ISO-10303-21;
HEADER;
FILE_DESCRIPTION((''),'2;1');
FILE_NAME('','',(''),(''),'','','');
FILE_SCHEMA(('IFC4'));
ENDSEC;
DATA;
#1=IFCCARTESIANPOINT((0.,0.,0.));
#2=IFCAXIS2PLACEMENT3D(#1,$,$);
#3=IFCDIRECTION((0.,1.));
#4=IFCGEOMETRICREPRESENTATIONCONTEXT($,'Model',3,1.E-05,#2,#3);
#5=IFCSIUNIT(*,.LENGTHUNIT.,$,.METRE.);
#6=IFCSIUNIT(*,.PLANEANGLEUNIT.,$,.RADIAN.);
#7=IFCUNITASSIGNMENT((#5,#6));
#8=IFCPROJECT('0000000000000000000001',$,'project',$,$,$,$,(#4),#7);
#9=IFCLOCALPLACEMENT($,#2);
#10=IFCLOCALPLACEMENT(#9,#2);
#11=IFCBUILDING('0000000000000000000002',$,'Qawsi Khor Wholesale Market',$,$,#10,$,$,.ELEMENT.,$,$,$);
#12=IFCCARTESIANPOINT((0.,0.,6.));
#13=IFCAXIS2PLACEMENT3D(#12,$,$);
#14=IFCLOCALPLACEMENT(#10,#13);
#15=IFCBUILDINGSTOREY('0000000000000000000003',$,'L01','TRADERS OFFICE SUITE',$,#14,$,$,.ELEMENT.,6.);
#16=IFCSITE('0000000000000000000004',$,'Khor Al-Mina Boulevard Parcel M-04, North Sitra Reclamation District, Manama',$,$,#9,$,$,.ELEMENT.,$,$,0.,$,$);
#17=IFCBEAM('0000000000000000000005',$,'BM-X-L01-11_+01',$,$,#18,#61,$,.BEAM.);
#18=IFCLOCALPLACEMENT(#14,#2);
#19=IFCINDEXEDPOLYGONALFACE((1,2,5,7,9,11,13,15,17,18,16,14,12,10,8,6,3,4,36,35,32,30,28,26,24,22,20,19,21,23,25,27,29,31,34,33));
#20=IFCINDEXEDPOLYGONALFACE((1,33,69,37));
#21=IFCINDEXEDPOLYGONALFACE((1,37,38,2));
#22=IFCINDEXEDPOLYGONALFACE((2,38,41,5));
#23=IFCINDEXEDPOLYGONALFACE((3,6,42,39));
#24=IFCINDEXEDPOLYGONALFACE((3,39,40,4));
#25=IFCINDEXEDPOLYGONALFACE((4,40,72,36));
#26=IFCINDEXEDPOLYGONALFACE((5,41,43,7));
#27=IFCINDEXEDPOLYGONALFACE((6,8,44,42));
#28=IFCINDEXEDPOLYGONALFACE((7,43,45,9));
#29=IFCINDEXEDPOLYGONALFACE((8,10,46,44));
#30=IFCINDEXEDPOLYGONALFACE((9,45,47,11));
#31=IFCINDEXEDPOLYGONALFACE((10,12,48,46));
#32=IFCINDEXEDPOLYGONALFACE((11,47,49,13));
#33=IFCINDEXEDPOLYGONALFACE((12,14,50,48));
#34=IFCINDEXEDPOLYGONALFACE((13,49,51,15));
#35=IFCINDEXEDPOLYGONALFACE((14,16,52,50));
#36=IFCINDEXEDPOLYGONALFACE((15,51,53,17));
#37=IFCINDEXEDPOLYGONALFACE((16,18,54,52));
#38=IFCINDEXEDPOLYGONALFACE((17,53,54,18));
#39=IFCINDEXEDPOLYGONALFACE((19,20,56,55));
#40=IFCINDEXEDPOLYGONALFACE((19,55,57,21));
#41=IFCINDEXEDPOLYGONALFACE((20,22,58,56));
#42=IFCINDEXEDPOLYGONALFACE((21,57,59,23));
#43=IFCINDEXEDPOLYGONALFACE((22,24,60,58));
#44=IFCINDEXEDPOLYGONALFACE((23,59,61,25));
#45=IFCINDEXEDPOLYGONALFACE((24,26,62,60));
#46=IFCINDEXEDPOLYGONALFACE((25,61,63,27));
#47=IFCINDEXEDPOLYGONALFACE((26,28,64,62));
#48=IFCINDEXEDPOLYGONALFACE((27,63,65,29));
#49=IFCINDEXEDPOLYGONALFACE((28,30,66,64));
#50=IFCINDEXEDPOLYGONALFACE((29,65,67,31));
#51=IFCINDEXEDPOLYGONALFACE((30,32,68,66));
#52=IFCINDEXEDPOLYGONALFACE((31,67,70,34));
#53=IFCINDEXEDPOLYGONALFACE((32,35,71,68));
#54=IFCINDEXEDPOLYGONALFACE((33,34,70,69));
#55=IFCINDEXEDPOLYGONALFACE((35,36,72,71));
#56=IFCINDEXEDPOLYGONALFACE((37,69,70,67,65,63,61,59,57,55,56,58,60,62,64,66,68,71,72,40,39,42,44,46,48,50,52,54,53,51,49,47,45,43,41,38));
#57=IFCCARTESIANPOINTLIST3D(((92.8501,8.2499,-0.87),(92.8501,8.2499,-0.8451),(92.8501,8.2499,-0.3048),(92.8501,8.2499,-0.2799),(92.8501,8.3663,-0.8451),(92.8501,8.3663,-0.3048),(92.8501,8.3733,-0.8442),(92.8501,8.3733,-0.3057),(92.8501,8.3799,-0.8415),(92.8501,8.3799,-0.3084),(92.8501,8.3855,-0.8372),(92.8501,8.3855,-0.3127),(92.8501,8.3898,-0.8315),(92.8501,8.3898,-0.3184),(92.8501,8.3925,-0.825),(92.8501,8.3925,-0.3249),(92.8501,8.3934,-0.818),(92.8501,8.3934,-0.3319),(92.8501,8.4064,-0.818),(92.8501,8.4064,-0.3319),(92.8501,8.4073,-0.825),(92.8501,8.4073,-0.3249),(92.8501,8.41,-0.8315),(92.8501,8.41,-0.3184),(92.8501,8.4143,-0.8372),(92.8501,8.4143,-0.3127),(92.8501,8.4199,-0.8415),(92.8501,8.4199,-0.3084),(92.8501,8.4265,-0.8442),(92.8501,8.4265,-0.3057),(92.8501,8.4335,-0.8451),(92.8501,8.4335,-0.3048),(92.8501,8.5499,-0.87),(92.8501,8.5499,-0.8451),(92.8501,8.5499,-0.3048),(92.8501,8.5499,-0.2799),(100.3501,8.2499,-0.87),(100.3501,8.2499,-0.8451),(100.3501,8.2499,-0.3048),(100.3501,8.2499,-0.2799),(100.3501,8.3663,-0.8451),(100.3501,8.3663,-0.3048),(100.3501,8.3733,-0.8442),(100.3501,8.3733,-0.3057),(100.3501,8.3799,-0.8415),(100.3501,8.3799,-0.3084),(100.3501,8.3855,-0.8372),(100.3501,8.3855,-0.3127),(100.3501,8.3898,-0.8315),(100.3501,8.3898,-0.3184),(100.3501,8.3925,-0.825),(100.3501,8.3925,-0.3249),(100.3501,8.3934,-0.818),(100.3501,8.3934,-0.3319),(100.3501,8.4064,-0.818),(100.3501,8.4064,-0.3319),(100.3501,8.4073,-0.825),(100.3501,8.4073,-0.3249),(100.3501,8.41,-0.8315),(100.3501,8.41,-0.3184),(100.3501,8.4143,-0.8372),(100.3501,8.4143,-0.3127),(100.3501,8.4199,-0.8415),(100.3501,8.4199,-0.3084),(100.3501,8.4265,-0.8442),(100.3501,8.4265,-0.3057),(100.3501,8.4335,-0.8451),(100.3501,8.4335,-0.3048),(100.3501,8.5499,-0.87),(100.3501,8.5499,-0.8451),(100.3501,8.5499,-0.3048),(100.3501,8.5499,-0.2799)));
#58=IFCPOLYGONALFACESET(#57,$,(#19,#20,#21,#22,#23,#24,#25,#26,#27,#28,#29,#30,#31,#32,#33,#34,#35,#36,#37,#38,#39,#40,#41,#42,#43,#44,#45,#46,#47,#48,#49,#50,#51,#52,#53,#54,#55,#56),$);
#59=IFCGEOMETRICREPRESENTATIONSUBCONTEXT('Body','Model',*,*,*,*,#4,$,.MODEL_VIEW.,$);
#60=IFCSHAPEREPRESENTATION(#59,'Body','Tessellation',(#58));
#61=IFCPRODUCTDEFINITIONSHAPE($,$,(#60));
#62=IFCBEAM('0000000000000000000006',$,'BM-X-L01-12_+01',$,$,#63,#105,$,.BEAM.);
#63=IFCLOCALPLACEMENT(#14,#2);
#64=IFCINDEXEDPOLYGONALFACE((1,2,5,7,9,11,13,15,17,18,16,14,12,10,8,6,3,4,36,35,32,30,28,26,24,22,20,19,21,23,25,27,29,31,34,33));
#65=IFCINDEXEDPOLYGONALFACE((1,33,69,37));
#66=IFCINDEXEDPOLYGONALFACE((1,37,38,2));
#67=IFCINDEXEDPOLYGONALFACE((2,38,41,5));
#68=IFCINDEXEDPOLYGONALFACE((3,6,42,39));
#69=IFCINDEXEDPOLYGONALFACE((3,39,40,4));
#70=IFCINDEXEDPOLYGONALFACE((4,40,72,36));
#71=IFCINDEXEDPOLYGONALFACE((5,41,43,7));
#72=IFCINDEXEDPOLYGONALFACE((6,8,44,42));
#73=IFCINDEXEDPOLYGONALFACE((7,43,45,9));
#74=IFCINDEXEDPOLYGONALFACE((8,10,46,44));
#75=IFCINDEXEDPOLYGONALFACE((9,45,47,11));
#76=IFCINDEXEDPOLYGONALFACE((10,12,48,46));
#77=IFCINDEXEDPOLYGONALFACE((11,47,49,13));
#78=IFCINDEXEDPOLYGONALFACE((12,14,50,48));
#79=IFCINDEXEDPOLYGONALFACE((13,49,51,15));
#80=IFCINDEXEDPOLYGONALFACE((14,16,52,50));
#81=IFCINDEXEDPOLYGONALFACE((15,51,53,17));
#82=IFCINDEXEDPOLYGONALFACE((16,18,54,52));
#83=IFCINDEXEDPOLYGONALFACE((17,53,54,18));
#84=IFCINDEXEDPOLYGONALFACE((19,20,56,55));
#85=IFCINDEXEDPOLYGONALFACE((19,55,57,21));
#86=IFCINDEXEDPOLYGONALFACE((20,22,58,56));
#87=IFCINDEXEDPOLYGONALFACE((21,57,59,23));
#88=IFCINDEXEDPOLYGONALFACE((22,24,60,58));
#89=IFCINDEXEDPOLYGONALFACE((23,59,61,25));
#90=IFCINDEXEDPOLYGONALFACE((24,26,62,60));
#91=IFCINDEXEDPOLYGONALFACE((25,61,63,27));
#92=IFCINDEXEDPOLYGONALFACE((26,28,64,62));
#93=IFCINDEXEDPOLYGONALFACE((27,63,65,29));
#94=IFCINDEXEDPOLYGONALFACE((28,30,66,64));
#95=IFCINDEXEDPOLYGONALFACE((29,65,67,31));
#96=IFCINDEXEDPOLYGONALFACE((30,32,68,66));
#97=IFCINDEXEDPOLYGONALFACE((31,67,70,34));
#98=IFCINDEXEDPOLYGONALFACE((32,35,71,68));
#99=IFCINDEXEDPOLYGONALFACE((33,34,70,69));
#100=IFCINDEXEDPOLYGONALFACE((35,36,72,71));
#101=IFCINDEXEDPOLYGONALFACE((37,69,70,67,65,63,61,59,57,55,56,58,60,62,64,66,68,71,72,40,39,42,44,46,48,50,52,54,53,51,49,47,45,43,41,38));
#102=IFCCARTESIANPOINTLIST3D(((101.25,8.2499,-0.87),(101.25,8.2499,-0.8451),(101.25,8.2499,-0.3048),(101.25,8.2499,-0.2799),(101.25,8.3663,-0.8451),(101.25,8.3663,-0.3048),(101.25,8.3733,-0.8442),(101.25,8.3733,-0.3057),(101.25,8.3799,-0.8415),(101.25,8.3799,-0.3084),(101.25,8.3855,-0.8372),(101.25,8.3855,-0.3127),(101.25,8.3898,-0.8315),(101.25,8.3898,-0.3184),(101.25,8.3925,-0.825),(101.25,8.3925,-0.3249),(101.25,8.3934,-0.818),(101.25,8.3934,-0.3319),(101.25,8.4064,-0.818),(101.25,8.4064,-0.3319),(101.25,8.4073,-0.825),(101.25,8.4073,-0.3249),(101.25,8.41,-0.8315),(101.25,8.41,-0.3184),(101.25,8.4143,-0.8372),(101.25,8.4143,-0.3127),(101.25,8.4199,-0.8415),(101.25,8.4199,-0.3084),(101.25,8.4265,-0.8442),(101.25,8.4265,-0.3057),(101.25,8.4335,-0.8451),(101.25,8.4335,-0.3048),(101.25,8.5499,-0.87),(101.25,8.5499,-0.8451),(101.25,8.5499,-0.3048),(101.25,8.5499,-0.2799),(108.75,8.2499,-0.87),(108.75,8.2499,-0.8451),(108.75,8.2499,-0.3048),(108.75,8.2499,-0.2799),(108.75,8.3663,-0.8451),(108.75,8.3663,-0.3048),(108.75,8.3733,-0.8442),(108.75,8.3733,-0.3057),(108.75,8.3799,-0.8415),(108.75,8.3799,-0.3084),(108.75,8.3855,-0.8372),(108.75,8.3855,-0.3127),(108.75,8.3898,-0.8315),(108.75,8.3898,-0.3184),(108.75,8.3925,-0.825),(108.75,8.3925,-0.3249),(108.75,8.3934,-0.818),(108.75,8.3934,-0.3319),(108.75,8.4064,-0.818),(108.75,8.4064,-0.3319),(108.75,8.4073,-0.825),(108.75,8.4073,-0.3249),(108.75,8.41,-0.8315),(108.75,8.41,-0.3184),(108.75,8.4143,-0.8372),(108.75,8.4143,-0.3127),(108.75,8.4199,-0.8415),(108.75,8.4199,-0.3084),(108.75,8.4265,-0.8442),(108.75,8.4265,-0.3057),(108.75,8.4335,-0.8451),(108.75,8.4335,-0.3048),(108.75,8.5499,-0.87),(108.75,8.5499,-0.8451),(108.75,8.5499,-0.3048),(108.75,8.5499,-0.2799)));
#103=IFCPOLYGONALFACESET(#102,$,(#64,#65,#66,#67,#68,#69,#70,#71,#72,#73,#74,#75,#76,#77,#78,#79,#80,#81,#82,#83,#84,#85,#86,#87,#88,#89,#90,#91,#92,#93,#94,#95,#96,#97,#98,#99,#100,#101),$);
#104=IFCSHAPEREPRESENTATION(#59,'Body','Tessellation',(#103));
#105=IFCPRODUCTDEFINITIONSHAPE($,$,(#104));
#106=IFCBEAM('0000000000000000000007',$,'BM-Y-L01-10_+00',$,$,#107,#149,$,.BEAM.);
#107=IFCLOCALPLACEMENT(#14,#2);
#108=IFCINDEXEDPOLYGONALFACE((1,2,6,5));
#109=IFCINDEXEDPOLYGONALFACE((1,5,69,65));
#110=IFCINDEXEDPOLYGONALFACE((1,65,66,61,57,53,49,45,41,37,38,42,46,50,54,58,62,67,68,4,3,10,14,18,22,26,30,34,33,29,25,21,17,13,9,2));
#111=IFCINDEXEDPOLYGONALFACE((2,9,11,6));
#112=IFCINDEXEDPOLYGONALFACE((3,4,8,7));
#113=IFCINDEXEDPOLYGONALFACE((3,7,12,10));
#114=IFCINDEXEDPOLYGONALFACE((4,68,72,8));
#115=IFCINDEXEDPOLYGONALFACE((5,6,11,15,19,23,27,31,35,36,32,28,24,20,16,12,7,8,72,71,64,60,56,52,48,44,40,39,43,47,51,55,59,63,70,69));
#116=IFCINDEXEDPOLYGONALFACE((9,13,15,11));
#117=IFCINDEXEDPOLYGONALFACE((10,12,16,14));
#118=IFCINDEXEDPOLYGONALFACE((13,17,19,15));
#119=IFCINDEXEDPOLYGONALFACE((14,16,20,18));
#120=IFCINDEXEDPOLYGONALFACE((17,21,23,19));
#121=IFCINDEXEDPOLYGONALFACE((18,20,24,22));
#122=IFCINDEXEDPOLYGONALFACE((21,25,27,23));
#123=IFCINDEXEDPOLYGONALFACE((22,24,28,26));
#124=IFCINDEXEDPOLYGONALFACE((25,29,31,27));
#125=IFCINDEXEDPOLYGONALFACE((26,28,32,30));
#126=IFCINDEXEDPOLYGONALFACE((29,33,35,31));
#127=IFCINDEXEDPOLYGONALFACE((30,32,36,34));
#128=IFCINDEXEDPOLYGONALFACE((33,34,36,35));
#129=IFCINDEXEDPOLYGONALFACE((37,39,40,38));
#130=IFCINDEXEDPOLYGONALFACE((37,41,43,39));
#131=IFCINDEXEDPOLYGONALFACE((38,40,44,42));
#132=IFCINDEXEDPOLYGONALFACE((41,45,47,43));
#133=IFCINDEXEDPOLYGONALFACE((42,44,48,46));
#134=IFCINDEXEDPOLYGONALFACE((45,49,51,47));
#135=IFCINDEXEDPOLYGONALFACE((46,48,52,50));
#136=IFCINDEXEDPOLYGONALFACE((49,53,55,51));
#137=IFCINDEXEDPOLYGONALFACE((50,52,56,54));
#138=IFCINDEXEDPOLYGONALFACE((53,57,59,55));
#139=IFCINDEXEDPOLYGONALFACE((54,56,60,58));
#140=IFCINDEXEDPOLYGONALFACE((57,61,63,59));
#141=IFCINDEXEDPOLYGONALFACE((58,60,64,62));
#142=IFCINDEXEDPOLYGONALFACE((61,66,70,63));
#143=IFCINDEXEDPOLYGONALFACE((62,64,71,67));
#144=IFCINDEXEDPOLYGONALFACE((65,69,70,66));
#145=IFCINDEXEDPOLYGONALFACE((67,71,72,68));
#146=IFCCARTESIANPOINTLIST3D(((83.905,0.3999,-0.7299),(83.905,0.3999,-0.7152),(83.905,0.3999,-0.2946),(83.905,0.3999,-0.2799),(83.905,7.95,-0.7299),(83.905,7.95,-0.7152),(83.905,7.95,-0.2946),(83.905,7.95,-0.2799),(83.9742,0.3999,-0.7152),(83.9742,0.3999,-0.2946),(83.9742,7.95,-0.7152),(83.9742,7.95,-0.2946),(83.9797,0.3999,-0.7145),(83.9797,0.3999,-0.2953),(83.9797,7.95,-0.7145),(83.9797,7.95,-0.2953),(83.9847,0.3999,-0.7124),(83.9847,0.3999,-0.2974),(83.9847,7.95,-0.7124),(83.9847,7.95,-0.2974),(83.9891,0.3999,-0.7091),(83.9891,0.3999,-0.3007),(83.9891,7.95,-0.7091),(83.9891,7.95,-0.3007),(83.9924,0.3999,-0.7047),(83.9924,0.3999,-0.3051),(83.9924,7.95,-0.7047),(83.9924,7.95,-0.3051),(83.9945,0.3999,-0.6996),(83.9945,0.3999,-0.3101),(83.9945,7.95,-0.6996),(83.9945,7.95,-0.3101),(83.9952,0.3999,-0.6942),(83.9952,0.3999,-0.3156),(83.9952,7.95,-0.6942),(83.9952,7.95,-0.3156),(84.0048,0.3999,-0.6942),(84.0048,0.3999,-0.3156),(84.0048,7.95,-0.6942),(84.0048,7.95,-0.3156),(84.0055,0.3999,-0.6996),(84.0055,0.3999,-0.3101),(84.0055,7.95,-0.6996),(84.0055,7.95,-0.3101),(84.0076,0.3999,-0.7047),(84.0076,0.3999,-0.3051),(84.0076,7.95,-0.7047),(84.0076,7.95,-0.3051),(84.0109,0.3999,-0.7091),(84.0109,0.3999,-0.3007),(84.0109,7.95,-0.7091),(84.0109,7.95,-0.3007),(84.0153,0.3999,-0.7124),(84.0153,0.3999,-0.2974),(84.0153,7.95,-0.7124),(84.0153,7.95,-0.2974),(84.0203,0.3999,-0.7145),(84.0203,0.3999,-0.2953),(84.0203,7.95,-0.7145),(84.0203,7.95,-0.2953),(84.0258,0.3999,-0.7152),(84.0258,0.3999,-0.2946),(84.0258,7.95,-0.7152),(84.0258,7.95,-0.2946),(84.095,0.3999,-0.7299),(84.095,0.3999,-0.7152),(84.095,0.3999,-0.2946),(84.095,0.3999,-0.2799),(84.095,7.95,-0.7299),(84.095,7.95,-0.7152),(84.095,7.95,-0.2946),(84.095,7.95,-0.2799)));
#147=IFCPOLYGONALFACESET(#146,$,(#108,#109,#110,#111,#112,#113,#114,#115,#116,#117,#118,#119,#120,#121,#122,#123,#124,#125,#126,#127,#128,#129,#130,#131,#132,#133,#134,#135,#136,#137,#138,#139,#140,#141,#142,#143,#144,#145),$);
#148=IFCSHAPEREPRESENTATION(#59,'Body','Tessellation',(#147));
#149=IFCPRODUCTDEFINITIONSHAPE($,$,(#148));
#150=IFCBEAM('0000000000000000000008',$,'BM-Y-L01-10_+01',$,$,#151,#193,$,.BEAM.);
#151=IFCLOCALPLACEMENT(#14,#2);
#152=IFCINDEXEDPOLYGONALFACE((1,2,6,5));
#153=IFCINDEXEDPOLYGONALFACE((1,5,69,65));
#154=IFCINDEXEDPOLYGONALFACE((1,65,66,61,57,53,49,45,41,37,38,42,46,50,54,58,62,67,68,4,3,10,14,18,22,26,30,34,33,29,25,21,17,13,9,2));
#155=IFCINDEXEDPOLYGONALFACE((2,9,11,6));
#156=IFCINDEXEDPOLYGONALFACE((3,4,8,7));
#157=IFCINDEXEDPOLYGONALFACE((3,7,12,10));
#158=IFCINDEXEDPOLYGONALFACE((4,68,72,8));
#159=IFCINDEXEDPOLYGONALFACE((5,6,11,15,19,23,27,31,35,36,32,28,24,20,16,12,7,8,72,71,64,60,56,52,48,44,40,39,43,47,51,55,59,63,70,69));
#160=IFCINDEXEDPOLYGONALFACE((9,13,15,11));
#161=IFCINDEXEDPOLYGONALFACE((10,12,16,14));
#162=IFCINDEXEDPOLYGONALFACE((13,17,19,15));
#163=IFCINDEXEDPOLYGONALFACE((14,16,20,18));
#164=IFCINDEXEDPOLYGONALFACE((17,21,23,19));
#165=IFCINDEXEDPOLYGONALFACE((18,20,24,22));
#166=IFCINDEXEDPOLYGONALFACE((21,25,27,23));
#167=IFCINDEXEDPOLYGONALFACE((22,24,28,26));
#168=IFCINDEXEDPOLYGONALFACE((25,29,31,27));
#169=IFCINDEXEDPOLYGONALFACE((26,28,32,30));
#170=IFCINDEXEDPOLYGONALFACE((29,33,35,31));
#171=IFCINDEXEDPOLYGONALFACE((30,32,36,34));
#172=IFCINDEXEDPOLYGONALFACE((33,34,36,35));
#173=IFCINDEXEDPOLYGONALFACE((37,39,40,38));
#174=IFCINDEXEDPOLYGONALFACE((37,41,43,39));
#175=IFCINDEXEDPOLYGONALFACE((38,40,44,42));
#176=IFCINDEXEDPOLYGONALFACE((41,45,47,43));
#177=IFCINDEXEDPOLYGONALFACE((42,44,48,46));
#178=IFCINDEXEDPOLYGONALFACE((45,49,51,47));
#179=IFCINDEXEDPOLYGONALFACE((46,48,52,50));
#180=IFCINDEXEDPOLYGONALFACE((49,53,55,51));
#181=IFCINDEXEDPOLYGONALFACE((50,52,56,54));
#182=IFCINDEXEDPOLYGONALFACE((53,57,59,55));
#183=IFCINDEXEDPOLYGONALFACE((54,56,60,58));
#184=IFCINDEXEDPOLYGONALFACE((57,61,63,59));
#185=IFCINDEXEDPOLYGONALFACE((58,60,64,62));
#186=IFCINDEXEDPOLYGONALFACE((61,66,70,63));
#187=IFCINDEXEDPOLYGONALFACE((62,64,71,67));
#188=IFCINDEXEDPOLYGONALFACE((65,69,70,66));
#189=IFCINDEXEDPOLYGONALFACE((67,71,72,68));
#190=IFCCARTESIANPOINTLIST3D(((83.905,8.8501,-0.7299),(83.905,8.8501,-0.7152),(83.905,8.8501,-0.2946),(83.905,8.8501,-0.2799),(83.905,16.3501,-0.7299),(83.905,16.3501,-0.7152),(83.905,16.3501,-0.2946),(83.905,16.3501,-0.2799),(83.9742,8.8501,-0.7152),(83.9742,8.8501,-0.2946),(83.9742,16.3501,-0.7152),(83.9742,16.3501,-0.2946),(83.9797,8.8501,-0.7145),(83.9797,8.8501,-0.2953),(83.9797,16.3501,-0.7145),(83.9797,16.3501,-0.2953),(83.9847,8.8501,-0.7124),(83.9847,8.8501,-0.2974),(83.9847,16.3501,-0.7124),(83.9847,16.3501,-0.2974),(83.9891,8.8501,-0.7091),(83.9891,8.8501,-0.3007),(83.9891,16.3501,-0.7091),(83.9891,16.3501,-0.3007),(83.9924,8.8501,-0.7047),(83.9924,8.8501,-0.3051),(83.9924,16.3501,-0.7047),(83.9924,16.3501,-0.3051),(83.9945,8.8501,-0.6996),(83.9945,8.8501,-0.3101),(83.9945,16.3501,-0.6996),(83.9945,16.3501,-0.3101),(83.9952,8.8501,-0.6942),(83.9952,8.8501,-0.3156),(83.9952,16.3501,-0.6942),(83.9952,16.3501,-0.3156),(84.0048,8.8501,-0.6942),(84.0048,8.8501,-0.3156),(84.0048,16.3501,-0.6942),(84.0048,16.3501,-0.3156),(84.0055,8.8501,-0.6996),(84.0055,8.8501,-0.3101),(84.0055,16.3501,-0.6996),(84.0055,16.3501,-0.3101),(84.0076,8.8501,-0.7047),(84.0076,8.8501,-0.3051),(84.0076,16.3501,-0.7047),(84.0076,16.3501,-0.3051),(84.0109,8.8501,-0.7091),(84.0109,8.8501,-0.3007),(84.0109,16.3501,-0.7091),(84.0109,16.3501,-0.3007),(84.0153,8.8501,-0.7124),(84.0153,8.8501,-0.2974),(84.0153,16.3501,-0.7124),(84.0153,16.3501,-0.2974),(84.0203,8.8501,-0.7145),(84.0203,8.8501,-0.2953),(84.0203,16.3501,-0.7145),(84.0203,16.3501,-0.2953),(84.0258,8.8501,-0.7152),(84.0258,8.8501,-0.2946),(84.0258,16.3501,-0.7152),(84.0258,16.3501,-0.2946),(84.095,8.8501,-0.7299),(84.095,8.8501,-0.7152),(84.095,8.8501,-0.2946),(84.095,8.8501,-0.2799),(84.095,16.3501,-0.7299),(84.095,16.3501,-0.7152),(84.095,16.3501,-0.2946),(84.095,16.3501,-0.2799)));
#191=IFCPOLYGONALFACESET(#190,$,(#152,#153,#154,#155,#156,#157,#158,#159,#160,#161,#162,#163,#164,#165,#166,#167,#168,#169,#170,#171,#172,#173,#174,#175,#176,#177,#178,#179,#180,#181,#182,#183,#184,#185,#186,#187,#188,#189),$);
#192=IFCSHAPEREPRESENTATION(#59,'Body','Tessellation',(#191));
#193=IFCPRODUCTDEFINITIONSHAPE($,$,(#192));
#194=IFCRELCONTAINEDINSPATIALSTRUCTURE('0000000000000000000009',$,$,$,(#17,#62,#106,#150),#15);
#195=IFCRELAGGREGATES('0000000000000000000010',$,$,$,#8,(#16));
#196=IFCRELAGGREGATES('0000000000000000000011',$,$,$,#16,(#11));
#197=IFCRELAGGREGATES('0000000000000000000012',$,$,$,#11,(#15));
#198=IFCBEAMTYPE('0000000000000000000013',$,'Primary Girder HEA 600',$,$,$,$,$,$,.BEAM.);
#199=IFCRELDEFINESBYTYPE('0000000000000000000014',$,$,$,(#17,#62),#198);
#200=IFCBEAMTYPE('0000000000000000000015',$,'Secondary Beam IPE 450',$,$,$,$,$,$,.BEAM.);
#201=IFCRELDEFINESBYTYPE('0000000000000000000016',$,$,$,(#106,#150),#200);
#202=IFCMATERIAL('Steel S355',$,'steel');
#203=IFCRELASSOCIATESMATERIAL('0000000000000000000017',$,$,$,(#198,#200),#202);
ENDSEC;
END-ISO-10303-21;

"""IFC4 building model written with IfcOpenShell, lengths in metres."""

from ifc_helpers import new_model, si_unit, direction, frame, origin, origin_2d, place, context, subcontext, project, spatial, i_section, extrude, material, material_profile, profile_set, type_object, element, save


model = new_model("IFC4")

# Units and contexts
model_context = context("Model", 3, precision=1e-05, world=origin(), true_north=direction((0.0, 1.0)))
body_context = subcontext(model_context, "Body", "Model", "MODEL_VIEW")
ifc_project = project(units=[si_unit("LENGTHUNIT", "METRE"), si_unit("PLANEANGLEUNIT", "RADIAN")], contexts=[model_context])

# Site, building, storey
site_placement = place(None, origin())
site = spatial("IfcSite", under=ifc_project, at=site_placement, Name="Khor Al-Mina Boulevard Parcel M-04, North Sitra Reclamation District, Manama", CompositionType="ELEMENT", RefElevation=0.0)
building_placement = place(site_placement, origin())
building = spatial("IfcBuilding", under=site, at=building_placement, Name="Qawsi Khor Wholesale Market", CompositionType="ELEMENT")
storey_placement = place(building_placement, frame((0.0, 0.0, 6.0)))
storey = spatial("IfcBuildingStorey", under=building, at=storey_placement, Name="L01", Description="TRADERS OFFICE SUITE", CompositionType="ELEMENT", Elevation=6.0)

# Beams
ifc_material_1 = material(Name="Steel S355", Category="steel")
ifc_material_profile_1 = material_profile(ifc_material_1, i_section(OverallWidth=0.3, OverallDepth=0.5901, WebThickness=0.0129, FlangeThickness=0.0249, FilletRadius=0.0271, at=origin_2d()), Name="HEA 600")
ifc_profile_set_1 = profile_set([ifc_material_profile_1], Name="Steel S355")
beam_type_1 = type_object("IfcBeamType", Name="Primary Girder HEA 600", PredefinedType="BEAM", material=ifc_profile_set_1)
for number, where, z_axis, x_axis, name in (
    (1, (92.8501, 8.3999, -0.575), (1.0, 0.0, 0.0), (0.0, 1.0, 0.0), "BM-X-L01-11_+01"),
    (2, (101.25, 8.3999, -0.575), (1.0, 0.0, 0.0), (0.0, 1.0, 0.0), "BM-X-L01-12_+01"),
):
    element("IfcBeam", number, at=place(storey_placement, frame(where, z_axis=z_axis, x_axis=x_axis)), inside=storey, type_object=beam_type_1, Name=name, PredefinedType="BEAM", context=body_context, shape_type="SweptSolid", body=[
        extrude(i_section(OverallWidth=0.3, OverallDepth=0.5901, WebThickness=0.0129, FlangeThickness=0.0249, FilletRadius=0.0271, at=origin_2d()), origin(), (0.0, 0.0, 1.0), 7.5),
    ])
ifc_material_profile_2 = material_profile(ifc_material_1, i_section(OverallWidth=0.1899, OverallDepth=0.45, WebThickness=0.0095, FlangeThickness=0.0146, FilletRadius=0.021, at=origin_2d()), Name="IPE 450")
ifc_profile_set_2 = profile_set([ifc_material_profile_2], Name="Steel S355")
beam_type_2 = type_object("IfcBeamType", Name="Secondary Beam IPE 450", PredefinedType="BEAM", material=ifc_profile_set_2)
beam_1_placement = place(storey_placement, frame((84.0, 0.3999, -0.5049), z_axis=(0.0, 1.0, 0.0), x_axis=(-1.0, 0.0, 0.0)))
element("IfcBeam", 3, at=beam_1_placement, inside=storey, type_object=beam_type_2, Name="BM-Y-L01-10_+00", PredefinedType="BEAM", context=body_context, shape_type="SweptSolid", body=[
    extrude(i_section(OverallWidth=0.1899, OverallDepth=0.45, WebThickness=0.0095, FlangeThickness=0.0146, FilletRadius=0.021, at=origin_2d()), origin(), (0.0, 0.0, 1.0), 7.55),
])
beam_2_placement = place(storey_placement, frame((84.0, 8.8501, -0.5049), z_axis=(0.0, 1.0, 0.0), x_axis=(-1.0, 0.0, 0.0)))
element("IfcBeam", 4, at=beam_2_placement, inside=storey, type_object=beam_type_2, Name="BM-Y-L01-10_+01", PredefinedType="BEAM", context=body_context, shape_type="SweptSolid", body=[
    extrude(i_section(OverallWidth=0.1899, OverallDepth=0.45, WebThickness=0.0095, FlangeThickness=0.0146, FilletRadius=0.021, at=origin_2d()), origin(), (0.0, 0.0, 1.0), 7.5),
])

save(model, "model.ifc")
